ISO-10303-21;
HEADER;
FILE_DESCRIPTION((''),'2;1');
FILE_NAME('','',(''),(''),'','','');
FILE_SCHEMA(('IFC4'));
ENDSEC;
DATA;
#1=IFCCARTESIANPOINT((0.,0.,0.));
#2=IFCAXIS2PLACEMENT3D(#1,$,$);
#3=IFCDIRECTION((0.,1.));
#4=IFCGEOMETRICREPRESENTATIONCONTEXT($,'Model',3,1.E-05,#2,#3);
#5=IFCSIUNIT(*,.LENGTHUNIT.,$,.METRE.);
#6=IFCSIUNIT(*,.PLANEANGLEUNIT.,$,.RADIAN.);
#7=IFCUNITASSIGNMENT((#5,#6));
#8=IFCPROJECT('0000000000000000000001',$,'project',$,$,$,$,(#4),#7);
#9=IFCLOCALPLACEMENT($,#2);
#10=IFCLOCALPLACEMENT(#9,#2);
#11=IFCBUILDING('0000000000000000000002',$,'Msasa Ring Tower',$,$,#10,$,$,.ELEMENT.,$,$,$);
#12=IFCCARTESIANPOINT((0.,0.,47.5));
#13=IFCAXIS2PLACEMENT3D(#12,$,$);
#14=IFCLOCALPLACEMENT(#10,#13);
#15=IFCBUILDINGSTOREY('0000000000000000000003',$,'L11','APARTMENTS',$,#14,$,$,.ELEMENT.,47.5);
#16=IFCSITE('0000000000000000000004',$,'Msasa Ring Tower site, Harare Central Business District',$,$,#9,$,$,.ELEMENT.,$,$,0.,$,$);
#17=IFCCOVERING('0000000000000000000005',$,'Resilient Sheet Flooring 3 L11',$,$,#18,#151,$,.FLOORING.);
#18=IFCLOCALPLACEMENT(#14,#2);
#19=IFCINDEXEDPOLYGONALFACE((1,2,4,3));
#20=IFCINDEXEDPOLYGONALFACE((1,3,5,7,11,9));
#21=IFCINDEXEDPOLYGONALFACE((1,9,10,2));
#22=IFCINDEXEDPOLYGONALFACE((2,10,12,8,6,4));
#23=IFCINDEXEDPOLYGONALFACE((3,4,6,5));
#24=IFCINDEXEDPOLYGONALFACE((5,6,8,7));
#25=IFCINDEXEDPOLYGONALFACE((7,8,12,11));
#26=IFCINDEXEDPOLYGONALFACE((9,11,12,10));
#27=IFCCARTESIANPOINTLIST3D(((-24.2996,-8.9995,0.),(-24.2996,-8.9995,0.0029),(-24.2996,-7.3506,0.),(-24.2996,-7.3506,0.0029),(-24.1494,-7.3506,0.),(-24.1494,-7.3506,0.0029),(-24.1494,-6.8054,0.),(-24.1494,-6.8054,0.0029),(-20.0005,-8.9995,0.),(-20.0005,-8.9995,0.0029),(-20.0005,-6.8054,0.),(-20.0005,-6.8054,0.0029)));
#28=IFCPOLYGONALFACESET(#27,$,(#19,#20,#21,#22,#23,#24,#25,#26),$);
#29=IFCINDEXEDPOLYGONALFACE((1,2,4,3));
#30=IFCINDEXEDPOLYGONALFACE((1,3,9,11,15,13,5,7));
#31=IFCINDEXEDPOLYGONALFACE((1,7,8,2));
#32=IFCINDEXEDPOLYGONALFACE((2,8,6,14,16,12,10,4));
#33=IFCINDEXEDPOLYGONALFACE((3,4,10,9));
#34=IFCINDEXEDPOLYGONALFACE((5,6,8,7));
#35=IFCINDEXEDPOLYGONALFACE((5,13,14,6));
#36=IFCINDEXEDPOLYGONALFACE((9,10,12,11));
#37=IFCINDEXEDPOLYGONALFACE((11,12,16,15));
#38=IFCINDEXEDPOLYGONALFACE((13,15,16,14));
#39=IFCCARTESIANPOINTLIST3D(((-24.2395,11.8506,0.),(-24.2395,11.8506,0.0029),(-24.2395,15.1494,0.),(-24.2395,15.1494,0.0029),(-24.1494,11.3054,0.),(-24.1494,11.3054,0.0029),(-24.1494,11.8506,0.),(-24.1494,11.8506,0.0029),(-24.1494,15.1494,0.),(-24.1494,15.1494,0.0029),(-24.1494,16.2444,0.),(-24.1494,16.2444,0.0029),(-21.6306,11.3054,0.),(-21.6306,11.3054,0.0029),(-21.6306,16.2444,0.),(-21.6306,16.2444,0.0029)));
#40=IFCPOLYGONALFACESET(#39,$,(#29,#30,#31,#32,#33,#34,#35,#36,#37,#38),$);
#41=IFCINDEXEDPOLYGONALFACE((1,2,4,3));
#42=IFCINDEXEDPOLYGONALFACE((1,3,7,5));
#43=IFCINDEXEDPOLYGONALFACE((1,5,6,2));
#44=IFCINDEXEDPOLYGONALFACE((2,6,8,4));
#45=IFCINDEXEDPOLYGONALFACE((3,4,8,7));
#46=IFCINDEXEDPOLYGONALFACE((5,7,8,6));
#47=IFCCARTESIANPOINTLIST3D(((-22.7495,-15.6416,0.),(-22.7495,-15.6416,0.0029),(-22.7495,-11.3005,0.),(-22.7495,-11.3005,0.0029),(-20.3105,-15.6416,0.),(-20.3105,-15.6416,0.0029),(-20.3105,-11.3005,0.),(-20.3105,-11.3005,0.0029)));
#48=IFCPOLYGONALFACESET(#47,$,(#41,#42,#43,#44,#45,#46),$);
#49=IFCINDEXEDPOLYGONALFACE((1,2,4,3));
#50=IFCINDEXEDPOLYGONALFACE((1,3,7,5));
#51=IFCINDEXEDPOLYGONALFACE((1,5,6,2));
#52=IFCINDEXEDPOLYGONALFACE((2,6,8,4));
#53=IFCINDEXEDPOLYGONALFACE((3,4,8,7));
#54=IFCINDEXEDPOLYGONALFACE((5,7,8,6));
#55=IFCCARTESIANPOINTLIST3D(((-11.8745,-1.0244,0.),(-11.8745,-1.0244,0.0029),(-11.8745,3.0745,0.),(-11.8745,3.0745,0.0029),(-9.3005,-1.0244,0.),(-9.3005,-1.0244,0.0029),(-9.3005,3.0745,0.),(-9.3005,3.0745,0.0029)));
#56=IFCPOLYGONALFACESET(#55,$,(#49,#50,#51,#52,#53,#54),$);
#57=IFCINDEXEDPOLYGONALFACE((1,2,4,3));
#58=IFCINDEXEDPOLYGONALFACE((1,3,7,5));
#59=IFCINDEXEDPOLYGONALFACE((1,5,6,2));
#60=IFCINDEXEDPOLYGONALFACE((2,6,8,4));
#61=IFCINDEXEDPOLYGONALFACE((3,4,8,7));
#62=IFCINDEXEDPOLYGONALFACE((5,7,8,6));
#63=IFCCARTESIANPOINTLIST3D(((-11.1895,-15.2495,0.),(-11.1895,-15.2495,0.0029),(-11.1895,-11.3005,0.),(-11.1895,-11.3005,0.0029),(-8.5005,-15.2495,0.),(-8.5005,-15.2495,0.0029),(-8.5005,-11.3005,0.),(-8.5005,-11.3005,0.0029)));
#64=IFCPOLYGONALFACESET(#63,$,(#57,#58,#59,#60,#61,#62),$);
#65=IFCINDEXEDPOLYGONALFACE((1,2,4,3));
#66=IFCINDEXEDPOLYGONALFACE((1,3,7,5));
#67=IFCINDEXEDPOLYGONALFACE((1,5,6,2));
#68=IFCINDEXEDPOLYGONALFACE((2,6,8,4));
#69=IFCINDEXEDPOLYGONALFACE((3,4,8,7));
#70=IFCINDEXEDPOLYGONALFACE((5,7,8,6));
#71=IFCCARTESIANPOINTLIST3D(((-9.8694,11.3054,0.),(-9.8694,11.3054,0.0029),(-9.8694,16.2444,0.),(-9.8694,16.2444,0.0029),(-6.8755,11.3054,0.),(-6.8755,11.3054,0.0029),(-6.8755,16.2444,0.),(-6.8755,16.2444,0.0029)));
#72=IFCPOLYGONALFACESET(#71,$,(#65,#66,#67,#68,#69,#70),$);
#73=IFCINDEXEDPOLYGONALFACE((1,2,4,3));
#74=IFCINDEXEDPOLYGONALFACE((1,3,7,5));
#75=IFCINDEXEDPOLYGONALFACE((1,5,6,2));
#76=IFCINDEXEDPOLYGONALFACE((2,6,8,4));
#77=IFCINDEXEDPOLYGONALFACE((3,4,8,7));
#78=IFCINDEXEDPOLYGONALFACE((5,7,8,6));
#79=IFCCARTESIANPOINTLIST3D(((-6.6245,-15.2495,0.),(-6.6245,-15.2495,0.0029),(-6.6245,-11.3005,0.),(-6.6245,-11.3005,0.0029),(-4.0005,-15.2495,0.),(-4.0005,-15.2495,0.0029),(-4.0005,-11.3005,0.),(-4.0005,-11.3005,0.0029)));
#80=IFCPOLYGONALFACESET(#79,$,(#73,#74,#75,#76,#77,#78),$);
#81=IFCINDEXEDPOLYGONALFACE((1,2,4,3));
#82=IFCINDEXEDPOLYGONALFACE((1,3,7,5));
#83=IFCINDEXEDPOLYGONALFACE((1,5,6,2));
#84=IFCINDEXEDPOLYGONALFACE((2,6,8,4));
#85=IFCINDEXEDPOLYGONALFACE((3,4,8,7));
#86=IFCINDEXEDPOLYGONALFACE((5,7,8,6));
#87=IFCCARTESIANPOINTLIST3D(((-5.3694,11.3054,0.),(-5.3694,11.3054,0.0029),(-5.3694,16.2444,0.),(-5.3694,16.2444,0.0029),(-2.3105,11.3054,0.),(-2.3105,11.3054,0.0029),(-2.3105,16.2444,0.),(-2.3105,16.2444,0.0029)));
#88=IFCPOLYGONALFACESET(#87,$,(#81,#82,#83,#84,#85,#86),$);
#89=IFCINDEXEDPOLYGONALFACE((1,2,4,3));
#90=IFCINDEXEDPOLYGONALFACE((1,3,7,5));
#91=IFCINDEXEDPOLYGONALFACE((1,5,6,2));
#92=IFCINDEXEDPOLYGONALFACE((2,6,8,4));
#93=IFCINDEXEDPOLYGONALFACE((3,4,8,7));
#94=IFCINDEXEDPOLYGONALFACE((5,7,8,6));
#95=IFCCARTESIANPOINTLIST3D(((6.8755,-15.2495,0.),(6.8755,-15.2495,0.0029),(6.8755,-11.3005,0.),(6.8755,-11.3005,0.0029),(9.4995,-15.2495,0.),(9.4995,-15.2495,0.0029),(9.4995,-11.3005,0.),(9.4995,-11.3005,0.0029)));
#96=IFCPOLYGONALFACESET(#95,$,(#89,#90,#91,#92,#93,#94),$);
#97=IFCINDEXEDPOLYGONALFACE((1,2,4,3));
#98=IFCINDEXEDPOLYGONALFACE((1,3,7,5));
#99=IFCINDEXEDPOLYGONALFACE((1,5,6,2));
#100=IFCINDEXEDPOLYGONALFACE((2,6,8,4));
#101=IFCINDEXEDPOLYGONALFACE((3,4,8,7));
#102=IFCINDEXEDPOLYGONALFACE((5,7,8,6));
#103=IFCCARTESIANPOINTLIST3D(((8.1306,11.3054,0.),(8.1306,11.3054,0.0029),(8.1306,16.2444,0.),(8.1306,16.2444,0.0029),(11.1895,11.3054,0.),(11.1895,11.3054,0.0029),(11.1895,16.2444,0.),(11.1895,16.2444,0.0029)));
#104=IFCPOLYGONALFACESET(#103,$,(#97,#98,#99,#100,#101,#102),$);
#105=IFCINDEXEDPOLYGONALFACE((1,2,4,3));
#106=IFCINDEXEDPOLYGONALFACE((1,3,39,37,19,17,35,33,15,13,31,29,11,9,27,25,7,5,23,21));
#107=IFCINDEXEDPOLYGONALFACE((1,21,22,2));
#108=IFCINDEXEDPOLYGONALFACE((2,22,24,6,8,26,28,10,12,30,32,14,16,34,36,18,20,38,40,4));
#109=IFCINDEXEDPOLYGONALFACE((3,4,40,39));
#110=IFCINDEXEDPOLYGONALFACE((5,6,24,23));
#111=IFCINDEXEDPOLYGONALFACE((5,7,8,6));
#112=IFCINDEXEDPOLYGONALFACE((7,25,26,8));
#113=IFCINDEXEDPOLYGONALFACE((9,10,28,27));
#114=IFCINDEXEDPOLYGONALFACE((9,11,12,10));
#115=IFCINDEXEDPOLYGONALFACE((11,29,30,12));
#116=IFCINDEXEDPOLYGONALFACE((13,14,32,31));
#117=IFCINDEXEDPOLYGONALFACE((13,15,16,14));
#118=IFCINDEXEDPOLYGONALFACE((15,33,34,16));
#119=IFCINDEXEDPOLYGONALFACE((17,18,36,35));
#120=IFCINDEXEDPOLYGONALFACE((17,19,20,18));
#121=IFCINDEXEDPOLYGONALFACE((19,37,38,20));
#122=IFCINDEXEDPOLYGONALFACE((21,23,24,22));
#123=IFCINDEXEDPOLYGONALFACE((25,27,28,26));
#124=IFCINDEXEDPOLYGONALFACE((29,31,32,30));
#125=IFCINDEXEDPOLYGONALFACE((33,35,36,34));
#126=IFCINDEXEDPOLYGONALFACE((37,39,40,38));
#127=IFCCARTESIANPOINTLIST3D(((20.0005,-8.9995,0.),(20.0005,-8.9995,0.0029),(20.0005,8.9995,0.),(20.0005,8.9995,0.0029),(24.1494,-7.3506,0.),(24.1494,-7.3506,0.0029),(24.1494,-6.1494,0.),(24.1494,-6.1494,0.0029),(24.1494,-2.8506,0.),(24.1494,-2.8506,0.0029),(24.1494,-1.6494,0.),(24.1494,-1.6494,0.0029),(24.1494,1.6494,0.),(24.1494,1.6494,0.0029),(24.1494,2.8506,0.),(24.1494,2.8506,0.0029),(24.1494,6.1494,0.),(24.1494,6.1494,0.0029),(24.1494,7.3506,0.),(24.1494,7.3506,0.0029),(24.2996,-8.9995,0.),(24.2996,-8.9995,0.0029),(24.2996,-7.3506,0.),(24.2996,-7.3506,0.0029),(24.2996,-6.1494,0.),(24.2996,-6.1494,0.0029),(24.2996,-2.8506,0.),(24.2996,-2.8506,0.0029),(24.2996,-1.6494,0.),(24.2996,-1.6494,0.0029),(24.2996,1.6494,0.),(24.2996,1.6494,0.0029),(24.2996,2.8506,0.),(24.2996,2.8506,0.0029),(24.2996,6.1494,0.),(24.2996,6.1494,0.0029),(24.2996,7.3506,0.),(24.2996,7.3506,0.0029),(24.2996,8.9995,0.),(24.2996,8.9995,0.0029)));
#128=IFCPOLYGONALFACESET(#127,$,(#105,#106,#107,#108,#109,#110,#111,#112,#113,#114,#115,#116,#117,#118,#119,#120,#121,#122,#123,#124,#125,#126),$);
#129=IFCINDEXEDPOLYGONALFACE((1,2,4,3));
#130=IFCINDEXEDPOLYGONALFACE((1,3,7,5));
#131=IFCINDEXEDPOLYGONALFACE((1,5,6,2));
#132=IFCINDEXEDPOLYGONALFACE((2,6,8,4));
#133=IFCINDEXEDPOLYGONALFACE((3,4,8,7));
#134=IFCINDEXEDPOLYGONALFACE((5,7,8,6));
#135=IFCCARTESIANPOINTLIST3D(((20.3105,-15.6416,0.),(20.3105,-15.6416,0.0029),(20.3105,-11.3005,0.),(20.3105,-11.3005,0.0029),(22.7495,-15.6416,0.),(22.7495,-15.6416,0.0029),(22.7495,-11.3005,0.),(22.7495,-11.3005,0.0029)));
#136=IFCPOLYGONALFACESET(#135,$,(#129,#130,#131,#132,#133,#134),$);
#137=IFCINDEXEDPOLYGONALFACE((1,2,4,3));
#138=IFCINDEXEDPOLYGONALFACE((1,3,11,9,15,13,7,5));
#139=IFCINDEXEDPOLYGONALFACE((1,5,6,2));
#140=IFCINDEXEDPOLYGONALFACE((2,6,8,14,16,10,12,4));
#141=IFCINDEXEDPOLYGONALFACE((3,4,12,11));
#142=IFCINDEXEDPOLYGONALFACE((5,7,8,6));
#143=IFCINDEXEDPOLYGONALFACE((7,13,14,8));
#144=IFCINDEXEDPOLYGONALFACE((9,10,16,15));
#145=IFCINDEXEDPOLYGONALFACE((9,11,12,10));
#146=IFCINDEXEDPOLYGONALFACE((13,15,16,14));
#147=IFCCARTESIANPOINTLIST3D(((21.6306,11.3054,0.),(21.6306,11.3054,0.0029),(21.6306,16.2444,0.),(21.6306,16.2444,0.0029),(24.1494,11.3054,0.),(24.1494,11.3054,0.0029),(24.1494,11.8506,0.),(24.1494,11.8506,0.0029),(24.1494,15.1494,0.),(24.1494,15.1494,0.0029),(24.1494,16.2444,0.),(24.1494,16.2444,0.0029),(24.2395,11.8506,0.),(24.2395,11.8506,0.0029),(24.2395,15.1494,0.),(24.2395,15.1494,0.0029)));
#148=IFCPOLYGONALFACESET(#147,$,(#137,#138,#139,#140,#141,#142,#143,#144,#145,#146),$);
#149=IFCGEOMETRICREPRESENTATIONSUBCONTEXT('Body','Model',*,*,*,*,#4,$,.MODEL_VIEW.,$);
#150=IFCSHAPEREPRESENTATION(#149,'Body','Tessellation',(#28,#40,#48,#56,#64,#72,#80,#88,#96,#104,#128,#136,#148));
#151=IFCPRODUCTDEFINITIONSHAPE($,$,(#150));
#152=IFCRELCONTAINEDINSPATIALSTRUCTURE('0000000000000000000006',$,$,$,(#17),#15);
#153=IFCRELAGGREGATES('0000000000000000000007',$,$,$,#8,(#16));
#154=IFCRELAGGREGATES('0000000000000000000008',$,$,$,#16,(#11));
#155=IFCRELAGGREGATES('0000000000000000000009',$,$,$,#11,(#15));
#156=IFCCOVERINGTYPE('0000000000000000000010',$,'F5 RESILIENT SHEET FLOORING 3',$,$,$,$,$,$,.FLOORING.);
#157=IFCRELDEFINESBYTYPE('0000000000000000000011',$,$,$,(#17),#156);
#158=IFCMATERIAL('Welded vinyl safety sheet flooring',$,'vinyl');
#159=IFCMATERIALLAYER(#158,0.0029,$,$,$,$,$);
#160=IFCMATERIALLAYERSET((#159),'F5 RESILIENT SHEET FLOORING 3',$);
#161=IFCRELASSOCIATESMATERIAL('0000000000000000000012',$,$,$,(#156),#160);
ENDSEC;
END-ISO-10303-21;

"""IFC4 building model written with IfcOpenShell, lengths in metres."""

from ifc_helpers import new_model, si_unit, direction, frame, origin, place, context, subcontext, project, spatial, line, indexed_curve, outline, extrude, material, layer, layer_set, type_object, element, save


model = new_model("IFC4")

# Units and contexts
model_context = context("Model", 3, precision=1e-05, world=origin(), true_north=direction((0.0, 1.0)))
body_context = subcontext(model_context, "Body", "Model", "MODEL_VIEW")
ifc_project = project(units=[si_unit("LENGTHUNIT", "METRE"), si_unit("PLANEANGLEUNIT", "RADIAN")], contexts=[model_context])

# Site, building, storey
site_placement = place(None, origin())
site = spatial("IfcSite", under=ifc_project, at=site_placement, Name="Msasa Ring Tower site, Harare Central Business District", CompositionType="ELEMENT", RefElevation=0.0)
building_placement = place(site_placement, origin())
building = spatial("IfcBuilding", under=site, at=building_placement, Name="Msasa Ring Tower", CompositionType="ELEMENT")
storey_placement = place(building_placement, frame((0.0, 0.0, 47.5)))
storey = spatial("IfcBuildingStorey", under=building, at=storey_placement, Name="L11", Description="APARTMENTS", CompositionType="ELEMENT", Elevation=47.5)

# Covering
ifc_material_1 = material(Name="Welded vinyl safety sheet flooring", Category="vinyl")
ifc_layer_1 = layer(ifc_material_1, 0.0029)
ifc_layer_set_1 = layer_set([ifc_layer_1], Name="F5 RESILIENT SHEET FLOORING 3")
covering_type_1 = type_object("IfcCoveringType", Name="F5 RESILIENT SHEET FLOORING 3", PredefinedType="FLOORING", material=ifc_layer_set_1)
covering_1_placement = place(storey_placement, origin())
element("IfcCovering", 1, at=covering_1_placement, inside=storey, type_object=covering_type_1, Name="Resilient Sheet Flooring 3 L11", PredefinedType="FLOORING", context=body_context, shape_type="SweptSolid", body=[
    extrude(outline(indexed_curve([(-20.0005, -8.9995), (-24.2996, -8.9995), (-24.2996, -7.3506), (-24.1494, -7.3506), (-24.1494, -6.8054), (-20.0005, -6.8054)], segments=[line(1, 2, 3, 4, 5, 6, 1)], self_intersect=False)), origin(), (0.0, 0.0, 1.0), 0.0029),
    extrude(outline(indexed_curve([(-21.6306, 16.2444), (-21.6306, 11.3054), (-24.1494, 11.3054), (-24.1494, 11.8506), (-24.2395, 11.8506), (-24.2395, 15.1494), (-24.1494, 15.1494), (-24.1494, 16.2444)], segments=[line(1, 2, 3, 4, 5, 6, 7, 8, 1)], self_intersect=False)), origin(), (0.0, 0.0, 1.0), 0.0029),
    extrude(outline(indexed_curve([(-22.7495, -11.3005), (-20.3105, -11.3005), (-20.3105, -15.6416), (-22.7495, -15.6416)], segments=[line(1, 2, 3, 4, 1)], self_intersect=False)), origin(), (0.0, 0.0, 1.0), 0.0029),
    extrude(outline(indexed_curve([(-9.3005, 3.0745), (-9.3005, -1.0244), (-11.8745, -1.0244), (-11.8745, 3.0745)], segments=[line(1, 2, 3, 4, 1)], self_intersect=False)), origin(), (0.0, 0.0, 1.0), 0.0029),
    extrude(outline(indexed_curve([(-8.5005, -11.3005), (-8.5005, -15.2495), (-11.1895, -15.2495), (-11.1895, -11.3005)], segments=[line(1, 2, 3, 4, 1)], self_intersect=False)), origin(), (0.0, 0.0, 1.0), 0.0029),
    extrude(outline(indexed_curve([(-9.8694, 16.2444), (-6.8755, 16.2444), (-6.8755, 11.3054), (-9.8694, 11.3054)], segments=[line(1, 2, 3, 4, 1)], self_intersect=False)), origin(), (0.0, 0.0, 1.0), 0.0029),
    extrude(outline(indexed_curve([(-4.0005, -11.3005), (-4.0005, -15.2495), (-6.6245, -15.2495), (-6.6245, -11.3005)], segments=[line(1, 2, 3, 4, 1)], self_intersect=False)), origin(), (0.0, 0.0, 1.0), 0.0029),
    extrude(outline(indexed_curve([(-2.3105, 16.2444), (-2.3105, 11.3054), (-5.3694, 11.3054), (-5.3694, 16.2444)], segments=[line(1, 2, 3, 4, 1)], self_intersect=False)), origin(), (0.0, 0.0, 1.0), 0.0029),
    extrude(outline(indexed_curve([(9.4995, -11.3005), (9.4995, -15.2495), (6.8755, -15.2495), (6.8755, -11.3005)], segments=[line(1, 2, 3, 4, 1)], self_intersect=False)), origin(), (0.0, 0.0, 1.0), 0.0029),
    extrude(outline(indexed_curve([(11.1895, 16.2444), (11.1895, 11.3054), (8.1306, 11.3054), (8.1306, 16.2444)], segments=[line(1, 2, 3, 4, 1)], self_intersect=False)), origin(), (0.0, 0.0, 1.0), 0.0029),
    extrude(outline(indexed_curve([(20.0005, 8.9995), (24.2996, 8.9995), (24.2996, 7.3506), (24.1494, 7.3506), (24.1494, 6.1494), (24.2996, 6.1494), (24.2996, 2.8506), (24.1494, 2.8506), (24.1494, 1.6494), (24.2996, 1.6494), (24.2996, -1.6494), (24.1494, -1.6494), (24.1494, -2.8506), (24.2996, -2.8506), (24.2996, -6.1494), (24.1494, -6.1494), (24.1494, -7.3506), (24.2996, -7.3506), (24.2996, -8.9995), (20.0005, -8.9995)], segments=[line(1, 2, 3, 4, 5, 6, 7, 8, 9, 10, 11, 12, 13, 14, 15, 16, 17, 18, 19, 20, 1)], self_intersect=False)), origin(), (0.0, 0.0, 1.0), 0.0029),
    extrude(outline(indexed_curve([(22.7495, -11.3005), (22.7495, -15.6416), (20.3105, -15.6416), (20.3105, -11.3005)], segments=[line(1, 2, 3, 4, 1)], self_intersect=False)), origin(), (0.0, 0.0, 1.0), 0.0029),
    extrude(outline(indexed_curve([(24.1494, 16.2444), (24.1494, 15.1494), (24.2395, 15.1494), (24.2395, 11.8506), (24.1494, 11.8506), (24.1494, 11.3054), (21.6306, 11.3054), (21.6306, 16.2444)], segments=[line(1, 2, 3, 4, 5, 6, 7, 8, 1)], self_intersect=False)), origin(), (0.0, 0.0, 1.0), 0.0029),
])

save(model, "model.ifc")
